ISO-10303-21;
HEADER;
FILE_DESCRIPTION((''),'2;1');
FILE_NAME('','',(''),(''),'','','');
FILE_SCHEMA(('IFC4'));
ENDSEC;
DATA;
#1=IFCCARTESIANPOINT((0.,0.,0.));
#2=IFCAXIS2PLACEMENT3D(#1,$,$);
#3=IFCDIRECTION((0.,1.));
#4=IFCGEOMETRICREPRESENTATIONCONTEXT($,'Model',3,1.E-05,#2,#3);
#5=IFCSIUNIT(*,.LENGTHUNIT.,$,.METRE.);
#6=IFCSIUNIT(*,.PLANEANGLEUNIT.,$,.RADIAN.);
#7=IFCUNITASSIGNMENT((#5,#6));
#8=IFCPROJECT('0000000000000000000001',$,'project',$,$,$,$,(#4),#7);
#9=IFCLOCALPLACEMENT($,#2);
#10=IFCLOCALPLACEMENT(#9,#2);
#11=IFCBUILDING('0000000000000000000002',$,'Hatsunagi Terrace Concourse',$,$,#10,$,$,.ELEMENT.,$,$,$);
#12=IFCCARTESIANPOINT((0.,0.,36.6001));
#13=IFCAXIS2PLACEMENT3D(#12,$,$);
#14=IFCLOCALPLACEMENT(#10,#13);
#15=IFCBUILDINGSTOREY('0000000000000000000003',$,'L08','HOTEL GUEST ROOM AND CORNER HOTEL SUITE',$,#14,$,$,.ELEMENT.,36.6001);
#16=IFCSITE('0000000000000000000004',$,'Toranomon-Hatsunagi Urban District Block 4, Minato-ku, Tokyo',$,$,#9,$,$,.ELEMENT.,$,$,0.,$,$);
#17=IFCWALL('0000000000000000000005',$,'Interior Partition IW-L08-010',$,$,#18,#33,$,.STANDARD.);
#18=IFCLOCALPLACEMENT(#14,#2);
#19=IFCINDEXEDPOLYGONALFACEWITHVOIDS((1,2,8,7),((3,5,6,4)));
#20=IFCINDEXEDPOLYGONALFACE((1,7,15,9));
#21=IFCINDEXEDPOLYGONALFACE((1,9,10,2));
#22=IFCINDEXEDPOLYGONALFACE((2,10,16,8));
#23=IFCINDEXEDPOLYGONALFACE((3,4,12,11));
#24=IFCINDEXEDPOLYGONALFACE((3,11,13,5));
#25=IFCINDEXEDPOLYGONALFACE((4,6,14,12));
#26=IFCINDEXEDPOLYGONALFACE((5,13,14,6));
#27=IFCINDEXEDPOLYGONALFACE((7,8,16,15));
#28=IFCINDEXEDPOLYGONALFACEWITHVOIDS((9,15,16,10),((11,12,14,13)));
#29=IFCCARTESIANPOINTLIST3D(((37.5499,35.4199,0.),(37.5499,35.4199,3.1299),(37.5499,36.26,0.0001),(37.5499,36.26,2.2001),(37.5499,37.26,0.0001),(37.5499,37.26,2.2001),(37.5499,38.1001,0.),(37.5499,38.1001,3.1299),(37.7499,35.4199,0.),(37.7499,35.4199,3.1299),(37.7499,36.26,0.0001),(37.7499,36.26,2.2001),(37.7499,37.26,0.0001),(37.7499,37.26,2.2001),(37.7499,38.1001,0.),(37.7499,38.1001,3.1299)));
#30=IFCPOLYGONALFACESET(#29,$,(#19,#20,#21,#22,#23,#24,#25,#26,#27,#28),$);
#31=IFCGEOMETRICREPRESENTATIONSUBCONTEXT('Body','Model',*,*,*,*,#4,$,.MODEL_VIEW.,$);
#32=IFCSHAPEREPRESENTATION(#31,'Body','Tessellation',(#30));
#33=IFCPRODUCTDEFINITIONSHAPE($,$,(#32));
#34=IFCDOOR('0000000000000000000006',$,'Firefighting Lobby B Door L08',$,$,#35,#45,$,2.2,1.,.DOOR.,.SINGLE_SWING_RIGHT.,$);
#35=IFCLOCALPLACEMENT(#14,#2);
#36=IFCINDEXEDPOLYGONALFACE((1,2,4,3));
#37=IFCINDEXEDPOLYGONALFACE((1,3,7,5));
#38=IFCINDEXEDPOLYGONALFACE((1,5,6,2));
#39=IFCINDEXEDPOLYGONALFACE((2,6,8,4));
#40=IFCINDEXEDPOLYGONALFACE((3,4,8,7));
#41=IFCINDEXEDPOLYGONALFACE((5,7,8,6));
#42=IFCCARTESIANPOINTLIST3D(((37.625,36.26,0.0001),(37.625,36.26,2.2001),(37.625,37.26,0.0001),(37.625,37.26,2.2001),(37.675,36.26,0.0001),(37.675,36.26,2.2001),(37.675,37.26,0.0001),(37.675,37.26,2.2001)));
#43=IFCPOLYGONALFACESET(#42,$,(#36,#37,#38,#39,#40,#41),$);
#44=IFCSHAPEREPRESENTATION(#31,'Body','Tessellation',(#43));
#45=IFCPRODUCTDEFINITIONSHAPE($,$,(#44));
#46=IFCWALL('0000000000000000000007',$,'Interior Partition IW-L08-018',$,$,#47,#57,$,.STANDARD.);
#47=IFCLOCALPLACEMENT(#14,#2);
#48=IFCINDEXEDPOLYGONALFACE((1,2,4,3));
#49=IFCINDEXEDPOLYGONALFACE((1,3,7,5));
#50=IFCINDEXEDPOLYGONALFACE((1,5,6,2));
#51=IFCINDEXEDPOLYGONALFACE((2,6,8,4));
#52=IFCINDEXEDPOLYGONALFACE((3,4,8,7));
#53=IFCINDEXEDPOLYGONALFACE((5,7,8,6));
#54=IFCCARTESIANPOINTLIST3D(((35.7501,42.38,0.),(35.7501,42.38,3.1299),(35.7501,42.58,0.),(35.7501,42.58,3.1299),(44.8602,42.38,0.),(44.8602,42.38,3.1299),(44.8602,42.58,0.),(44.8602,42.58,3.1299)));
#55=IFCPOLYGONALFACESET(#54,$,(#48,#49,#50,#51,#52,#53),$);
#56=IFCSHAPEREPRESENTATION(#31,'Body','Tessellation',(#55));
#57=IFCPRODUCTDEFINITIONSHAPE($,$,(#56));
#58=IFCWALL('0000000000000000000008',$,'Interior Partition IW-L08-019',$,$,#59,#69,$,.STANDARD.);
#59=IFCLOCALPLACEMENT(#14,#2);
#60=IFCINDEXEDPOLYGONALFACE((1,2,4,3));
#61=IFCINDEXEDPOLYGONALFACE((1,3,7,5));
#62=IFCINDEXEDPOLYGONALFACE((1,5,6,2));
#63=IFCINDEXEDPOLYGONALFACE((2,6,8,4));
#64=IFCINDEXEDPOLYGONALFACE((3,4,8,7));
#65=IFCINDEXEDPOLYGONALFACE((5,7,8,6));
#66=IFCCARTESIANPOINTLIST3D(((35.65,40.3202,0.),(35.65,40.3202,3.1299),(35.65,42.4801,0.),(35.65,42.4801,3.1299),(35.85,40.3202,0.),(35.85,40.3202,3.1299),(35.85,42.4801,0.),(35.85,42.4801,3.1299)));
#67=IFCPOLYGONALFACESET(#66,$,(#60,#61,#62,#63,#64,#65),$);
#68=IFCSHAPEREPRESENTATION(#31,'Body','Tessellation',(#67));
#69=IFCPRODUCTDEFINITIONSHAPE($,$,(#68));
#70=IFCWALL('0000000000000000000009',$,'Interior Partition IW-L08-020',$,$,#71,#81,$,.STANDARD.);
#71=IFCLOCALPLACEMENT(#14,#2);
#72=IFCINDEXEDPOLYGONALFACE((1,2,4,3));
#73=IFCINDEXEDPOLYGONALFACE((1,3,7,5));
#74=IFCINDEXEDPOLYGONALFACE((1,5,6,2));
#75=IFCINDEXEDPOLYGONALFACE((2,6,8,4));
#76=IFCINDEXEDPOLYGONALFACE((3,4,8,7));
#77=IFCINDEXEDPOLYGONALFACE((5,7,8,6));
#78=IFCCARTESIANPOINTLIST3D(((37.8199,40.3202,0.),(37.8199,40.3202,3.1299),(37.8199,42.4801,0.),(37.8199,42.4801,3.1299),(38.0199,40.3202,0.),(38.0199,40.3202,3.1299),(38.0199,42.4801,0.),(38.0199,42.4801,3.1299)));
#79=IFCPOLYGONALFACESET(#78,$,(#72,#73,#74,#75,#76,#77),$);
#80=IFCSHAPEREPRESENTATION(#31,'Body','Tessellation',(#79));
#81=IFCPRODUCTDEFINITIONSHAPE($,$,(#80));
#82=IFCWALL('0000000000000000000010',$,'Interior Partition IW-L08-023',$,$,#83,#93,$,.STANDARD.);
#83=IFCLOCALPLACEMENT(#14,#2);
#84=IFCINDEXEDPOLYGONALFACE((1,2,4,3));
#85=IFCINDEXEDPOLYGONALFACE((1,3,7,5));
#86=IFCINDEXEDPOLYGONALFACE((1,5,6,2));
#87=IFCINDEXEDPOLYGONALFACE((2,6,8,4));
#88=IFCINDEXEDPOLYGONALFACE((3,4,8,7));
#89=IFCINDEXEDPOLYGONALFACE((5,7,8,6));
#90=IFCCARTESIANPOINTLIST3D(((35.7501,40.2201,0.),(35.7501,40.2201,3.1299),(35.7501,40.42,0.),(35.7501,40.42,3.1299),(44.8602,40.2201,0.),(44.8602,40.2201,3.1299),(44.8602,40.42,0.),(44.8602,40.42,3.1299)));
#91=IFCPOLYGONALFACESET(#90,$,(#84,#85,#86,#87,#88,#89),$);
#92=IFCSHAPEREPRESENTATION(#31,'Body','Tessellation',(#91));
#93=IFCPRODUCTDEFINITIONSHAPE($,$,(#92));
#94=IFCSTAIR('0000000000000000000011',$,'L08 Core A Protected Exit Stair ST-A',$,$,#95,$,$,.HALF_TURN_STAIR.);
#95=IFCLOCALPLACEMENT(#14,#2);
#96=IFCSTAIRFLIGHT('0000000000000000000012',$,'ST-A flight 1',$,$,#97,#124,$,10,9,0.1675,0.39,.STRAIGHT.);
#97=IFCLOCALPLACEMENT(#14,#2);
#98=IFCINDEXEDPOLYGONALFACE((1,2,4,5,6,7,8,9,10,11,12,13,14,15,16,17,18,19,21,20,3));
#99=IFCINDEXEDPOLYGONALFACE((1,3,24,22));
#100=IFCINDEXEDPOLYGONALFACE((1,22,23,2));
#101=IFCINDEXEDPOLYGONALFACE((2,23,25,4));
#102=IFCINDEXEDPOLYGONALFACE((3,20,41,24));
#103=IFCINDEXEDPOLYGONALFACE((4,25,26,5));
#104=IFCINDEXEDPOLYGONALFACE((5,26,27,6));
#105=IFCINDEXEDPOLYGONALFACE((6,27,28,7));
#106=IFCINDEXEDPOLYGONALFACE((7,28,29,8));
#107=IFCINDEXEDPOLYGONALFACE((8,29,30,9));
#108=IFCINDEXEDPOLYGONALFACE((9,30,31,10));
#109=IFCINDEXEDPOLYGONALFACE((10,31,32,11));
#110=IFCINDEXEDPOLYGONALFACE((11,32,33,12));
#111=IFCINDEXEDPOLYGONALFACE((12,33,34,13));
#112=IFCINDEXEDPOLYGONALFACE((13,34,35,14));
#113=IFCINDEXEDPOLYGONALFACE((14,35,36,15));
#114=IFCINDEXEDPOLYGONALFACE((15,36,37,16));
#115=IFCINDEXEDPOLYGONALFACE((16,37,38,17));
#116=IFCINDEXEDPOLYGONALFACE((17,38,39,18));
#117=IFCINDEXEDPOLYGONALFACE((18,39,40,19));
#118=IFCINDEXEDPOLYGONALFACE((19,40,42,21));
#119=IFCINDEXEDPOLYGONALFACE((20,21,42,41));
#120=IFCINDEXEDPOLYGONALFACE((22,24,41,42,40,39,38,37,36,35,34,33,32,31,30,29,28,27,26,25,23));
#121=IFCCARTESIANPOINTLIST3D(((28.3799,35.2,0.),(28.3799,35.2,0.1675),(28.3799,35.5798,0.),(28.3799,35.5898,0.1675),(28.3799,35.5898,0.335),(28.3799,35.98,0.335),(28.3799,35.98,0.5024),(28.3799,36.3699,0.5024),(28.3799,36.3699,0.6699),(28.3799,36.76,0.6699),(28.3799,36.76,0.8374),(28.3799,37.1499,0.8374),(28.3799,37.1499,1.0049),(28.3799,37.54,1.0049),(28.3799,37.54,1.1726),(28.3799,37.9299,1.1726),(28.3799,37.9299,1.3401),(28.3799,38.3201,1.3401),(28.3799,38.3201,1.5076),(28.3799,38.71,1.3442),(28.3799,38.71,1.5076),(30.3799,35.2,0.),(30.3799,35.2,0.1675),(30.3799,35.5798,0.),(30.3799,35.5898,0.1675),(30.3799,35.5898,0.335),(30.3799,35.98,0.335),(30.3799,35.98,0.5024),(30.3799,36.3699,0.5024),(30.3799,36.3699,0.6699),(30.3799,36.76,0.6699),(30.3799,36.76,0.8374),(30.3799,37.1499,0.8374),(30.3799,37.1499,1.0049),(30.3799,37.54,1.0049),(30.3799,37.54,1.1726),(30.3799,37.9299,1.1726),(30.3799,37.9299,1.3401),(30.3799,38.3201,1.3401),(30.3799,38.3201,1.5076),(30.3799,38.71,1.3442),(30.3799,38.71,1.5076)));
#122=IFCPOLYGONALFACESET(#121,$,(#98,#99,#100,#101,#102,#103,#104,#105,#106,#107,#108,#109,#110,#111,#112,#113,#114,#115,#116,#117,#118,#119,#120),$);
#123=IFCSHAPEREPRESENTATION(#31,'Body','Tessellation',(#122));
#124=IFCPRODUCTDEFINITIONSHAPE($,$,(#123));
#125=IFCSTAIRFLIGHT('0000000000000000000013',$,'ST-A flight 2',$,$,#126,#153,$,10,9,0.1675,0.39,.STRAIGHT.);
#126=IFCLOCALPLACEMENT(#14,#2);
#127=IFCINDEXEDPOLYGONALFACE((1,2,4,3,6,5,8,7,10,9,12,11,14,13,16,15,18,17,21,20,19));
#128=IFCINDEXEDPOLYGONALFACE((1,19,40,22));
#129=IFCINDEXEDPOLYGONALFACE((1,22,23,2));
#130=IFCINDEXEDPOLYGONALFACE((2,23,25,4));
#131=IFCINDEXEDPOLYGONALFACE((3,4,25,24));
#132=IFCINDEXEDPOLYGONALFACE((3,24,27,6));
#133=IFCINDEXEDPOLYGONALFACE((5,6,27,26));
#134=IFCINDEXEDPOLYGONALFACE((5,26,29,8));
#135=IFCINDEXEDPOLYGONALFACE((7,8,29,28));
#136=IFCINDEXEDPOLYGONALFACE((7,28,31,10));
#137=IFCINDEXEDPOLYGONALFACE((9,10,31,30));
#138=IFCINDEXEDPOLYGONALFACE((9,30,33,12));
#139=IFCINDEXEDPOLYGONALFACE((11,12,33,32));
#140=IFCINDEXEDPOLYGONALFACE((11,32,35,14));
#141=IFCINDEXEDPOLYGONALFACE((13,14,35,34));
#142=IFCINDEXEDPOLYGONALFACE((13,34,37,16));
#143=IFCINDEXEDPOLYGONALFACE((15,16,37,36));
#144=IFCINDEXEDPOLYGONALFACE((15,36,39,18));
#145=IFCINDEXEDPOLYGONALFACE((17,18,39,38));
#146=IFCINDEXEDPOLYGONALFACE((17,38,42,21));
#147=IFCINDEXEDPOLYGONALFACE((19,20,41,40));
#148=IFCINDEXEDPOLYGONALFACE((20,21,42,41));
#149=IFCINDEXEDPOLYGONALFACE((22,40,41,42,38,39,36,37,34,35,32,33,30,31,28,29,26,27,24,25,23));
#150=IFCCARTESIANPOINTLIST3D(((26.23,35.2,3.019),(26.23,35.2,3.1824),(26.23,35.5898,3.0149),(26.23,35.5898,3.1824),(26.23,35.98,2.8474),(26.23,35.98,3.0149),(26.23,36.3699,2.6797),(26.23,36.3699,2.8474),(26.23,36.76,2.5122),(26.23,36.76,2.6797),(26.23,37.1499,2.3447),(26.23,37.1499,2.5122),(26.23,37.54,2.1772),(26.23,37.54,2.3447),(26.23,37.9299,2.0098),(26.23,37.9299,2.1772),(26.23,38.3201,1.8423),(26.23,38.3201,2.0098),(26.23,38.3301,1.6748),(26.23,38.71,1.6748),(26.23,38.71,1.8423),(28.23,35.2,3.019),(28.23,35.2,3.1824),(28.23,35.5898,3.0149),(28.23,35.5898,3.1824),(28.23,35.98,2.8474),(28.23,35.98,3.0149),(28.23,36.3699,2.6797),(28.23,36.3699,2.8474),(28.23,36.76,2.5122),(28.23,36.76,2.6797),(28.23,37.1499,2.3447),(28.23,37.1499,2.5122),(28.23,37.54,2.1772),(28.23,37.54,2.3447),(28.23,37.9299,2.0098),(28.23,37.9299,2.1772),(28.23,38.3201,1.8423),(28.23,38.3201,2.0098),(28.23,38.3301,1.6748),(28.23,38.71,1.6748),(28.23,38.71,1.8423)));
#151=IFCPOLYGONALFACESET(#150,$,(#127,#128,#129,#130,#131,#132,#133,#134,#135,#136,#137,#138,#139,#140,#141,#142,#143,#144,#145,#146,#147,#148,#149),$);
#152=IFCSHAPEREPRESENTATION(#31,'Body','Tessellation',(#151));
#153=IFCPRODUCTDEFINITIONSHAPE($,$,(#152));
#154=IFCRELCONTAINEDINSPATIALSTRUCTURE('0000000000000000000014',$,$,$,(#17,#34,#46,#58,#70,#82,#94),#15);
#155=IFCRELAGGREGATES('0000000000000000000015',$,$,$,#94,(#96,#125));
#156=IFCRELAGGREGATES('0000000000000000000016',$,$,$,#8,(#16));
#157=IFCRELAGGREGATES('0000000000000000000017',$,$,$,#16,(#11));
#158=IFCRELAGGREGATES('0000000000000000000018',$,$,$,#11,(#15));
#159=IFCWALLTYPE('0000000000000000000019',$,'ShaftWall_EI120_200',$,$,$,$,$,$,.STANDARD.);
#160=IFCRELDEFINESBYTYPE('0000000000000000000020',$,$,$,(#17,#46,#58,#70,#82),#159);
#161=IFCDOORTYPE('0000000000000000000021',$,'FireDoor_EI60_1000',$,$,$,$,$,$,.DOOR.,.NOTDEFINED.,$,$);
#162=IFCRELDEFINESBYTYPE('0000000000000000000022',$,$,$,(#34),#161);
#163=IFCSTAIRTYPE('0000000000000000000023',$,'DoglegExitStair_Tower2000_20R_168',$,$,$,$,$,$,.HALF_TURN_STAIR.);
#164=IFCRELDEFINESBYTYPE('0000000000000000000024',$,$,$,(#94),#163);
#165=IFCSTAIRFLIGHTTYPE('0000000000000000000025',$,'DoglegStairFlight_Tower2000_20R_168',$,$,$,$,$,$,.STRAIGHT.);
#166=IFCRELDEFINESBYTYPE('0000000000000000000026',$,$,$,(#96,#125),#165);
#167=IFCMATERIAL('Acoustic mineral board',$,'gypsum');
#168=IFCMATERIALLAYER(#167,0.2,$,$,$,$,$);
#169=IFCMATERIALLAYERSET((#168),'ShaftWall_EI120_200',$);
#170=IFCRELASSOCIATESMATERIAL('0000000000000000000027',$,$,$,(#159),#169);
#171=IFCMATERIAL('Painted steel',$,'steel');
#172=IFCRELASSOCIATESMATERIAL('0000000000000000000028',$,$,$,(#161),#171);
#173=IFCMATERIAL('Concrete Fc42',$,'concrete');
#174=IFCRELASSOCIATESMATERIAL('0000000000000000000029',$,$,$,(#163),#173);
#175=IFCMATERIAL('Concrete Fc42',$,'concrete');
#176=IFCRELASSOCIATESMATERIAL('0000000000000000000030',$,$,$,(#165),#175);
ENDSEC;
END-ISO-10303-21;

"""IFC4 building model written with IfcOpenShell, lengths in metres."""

from ifc_helpers import new_model, si_unit, direction, frame, frame_2d, origin, place, context, subcontext, project, spatial, polyline, rectangle, outline, extrude, material, layer, layer_set, type_object, element, fill, aggregate, save


model = new_model("IFC4")

# Units and contexts
model_context = context("Model", 3, precision=1e-05, world=origin(), true_north=direction((0.0, 1.0)))
body_context = subcontext(model_context, "Body", "Model", "MODEL_VIEW")
ifc_project = project(units=[si_unit("LENGTHUNIT", "METRE"), si_unit("PLANEANGLEUNIT", "RADIAN")], contexts=[model_context])

# Site, building, storey
site_placement = place(None, origin())
site = spatial("IfcSite", under=ifc_project, at=site_placement, Name="Toranomon-Hatsunagi Urban District Block 4, Minato-ku, Tokyo", CompositionType="ELEMENT", RefElevation=0.0)
building_placement = place(site_placement, origin())
building = spatial("IfcBuilding", under=site, at=building_placement, Name="Hatsunagi Terrace Concourse", CompositionType="ELEMENT")
storey_placement = place(building_placement, frame((0.0, 0.0, 36.6001)))
storey = spatial("IfcBuildingStorey", under=building, at=storey_placement, Name="L08", Description="HOTEL GUEST ROOM AND CORNER HOTEL SUITE", CompositionType="ELEMENT", Elevation=36.6001)

# Shared definitions
ifc_material_1 = material(Name="Acoustic mineral board", Category="gypsum")
ifc_layer_1 = layer(ifc_material_1, 0.2)
ifc_layer_set_1 = layer_set([ifc_layer_1], Name="ShaftWall_EI120_200")
wall_type_1 = type_object("IfcWallType", Name="ShaftWall_EI120_200", PredefinedType="STANDARD", material=ifc_layer_set_1)

# Wall, opening, door
wall_1_placement = place(storey_placement, frame((37.6499, 35.4199, 0.0), z_axis=(0.0, 0.0, 1.0), x_axis=(0.0, 1.0, 0.0)))
wall_1 = element("IfcWall", 1, at=wall_1_placement, inside=storey, type_object=wall_type_1, Name="Interior Partition IW-L08-010", PredefinedType="STANDARD", context=body_context, shape_type="SweptSolid", body=[
    extrude(rectangle(XDim=2.6802, YDim=0.2, at=frame_2d((1.3401, 0.0))), origin(), (0.0, 0.0, 1.0), 3.1299),
])
opening_1_placement = place(wall_1_placement, frame((0.8401, 0.0, 0.0)))
opening_1 = element("IfcOpeningElement", 2, at=opening_1_placement, cuts=wall_1, PredefinedType="OPENING", context=body_context, shape_type="SweptSolid", body=[
    extrude(rectangle(XDim=1.0, YDim=2.2, at=frame_2d((0.5, 1.1001))), frame((0.0, 0.1099, 0.0), z_axis=(0.0, -1.0, 0.0), x_axis=(1.0, 0.0, 0.0)), (0.0, 0.0, 1.0), 0.22),
])
ifc_material_2 = material(Name="Painted steel", Category="steel")
door_type_1 = type_object("IfcDoorType", Name="FireDoor_EI60_1000", OperationType="NOTDEFINED", PredefinedType="DOOR", material=ifc_material_2)
door_1_placement = place(opening_1_placement, origin())
door_1 = element("IfcDoor", 3, at=door_1_placement, inside=storey, type_object=door_type_1, Name="Firefighting Lobby B Door L08", OperationType="SINGLE_SWING_RIGHT", OverallHeight=2.2, OverallWidth=1.0, PredefinedType="DOOR", context=body_context, shape_type="SweptSolid", body=[
    extrude(rectangle(XDim=1.0, YDim=2.2, at=frame_2d((0.5, 1.1001))), frame((0.0, 0.0249, 0.0), z_axis=(0.0, -1.0, 0.0), x_axis=(1.0, 0.0, 0.0)), (0.0, 0.0, 1.0), 0.05),
])
fill(opening_1, door_1)

# Walls
wall_2_placement = place(storey_placement, frame((35.75, 42.48, 0.0), z_axis=(0.0, 0.0, 1.0), x_axis=(1.0, 0.0, 0.0)))
element("IfcWall", 4, at=wall_2_placement, inside=storey, type_object=wall_type_1, Name="Interior Partition IW-L08-018", PredefinedType="STANDARD", context=body_context, shape_type="SweptSolid", body=[
    extrude(rectangle(XDim=9.1101, YDim=0.2, at=frame_2d((4.5552, 0.0))), origin(), (0.0, 0.0, 1.0), 3.1299),
])
for number, where, z_axis, x_axis, name in (
    (5, (35.75, 40.3201, 0.0), (0.0, 0.0, 1.0), (0.0, 1.0, 0.0), "Interior Partition IW-L08-019"),
    (6, (37.9199, 40.3201, 0.0), (0.0, 0.0, 1.0), (0.0, 1.0, 0.0), "Interior Partition IW-L08-020"),
):
    element("IfcWall", number, at=place(storey_placement, frame(where, z_axis=z_axis, x_axis=x_axis)), inside=storey, type_object=wall_type_1, Name=name, PredefinedType="STANDARD", context=body_context, shape_type="SweptSolid", body=[
        extrude(rectangle(XDim=2.1599, YDim=0.2, at=frame_2d((1.0801, 0.0))), origin(), (0.0, 0.0, 1.0), 3.1299),
    ])
wall_3_placement = place(storey_placement, frame((35.75, 40.3201, 0.0), z_axis=(0.0, 0.0, 1.0), x_axis=(1.0, 0.0, 0.0)))
element("IfcWall", 7, at=wall_3_placement, inside=storey, type_object=wall_type_1, Name="Interior Partition IW-L08-023", PredefinedType="STANDARD", context=body_context, shape_type="SweptSolid", body=[
    extrude(rectangle(XDim=9.1101, YDim=0.2, at=frame_2d((4.5552, 0.0))), origin(), (0.0, 0.0, 1.0), 3.1299),
])

# Stair, stair flights
ifc_material_3 = material(Name="Concrete Fc42", Category="concrete")
stair_type = type_object("IfcStairType", Name="DoglegExitStair_Tower2000_20R_168", PredefinedType="HALF_TURN_STAIR", material=ifc_material_3)
stair_placement = place(storey_placement, origin())
stair = element("IfcStair", 8, at=stair_placement, inside=storey, type_object=stair_type, Name="L08 Core A Protected Exit Stair ST-A", PredefinedType="HALF_TURN_STAIR")
ifc_material_4 = material(Name="Concrete Fc42", Category="concrete")
stair_flight_type = type_object("IfcStairFlightType", Name="DoglegStairFlight_Tower2000_20R_168", PredefinedType="STRAIGHT", material=ifc_material_4)
stair_flight_1_placement = place(storey_placement, frame((29.3799, 35.2, 0.0), z_axis=(0.0, 0.0, 1.0), x_axis=(0.0, 1.0, 0.0)))
stair_flight_1 = element("IfcStairFlight", 9, at=stair_flight_1_placement, type_object=stair_flight_type, Name="ST-A flight 1", NumberOfRisers=10, NumberOfTreads=9, PredefinedType="STRAIGHT", RiserHeight=0.1675, TreadLength=0.39, context=body_context, shape_type="SweptSolid", body=[
    extrude(outline(polyline([(0.0, 0.0), (0.0, 0.1675), (0.3899, 0.1675), (0.3899, 0.335), (0.78, 0.335), (0.78, 0.5024), (1.1699, 0.5024), (1.1699, 0.6699), (1.5601, 0.6699), (1.5601, 0.8374), (1.95, 0.8374), (1.95, 1.0049), (2.3401, 1.0049), (2.3401, 1.1726), (2.73, 1.1726), (2.73, 1.3401), (3.1201, 1.3401), (3.1201, 1.5076), (3.51, 1.5076), (3.51, 1.675), (3.51, 1.3442), (0.3799, 0.0), (0.0, 0.0)])), frame((0.0, 1.0, 0.0), z_axis=(0.0, -1.0, 0.0), x_axis=(1.0, 0.0, 0.0)), (0.0, 0.0, 1.0), 2.0),
])
stair_flight_2_placement = place(storey_placement, frame((27.23, 38.71, 1.6748), z_axis=(0.0, 0.0, 1.0), x_axis=(0.0, -1.0, 0.0)))
stair_flight_2 = element("IfcStairFlight", 10, at=stair_flight_2_placement, type_object=stair_flight_type, Name="ST-A flight 2", NumberOfRisers=10, NumberOfTreads=9, PredefinedType="STRAIGHT", RiserHeight=0.1675, TreadLength=0.39, context=body_context, shape_type="SweptSolid", body=[
    extrude(outline(polyline([(0.0, 0.0), (0.0, 0.1675), (0.3899, 0.1675), (0.3899, 0.335), (0.78, 0.335), (0.78, 0.5024), (1.1699, 0.5024), (1.1699, 0.6699), (1.5601, 0.6699), (1.5601, 0.8374), (1.95, 0.8374), (1.95, 1.0049), (2.3401, 1.0049), (2.3401, 1.1726), (2.73, 1.1726), (2.73, 1.3401), (3.1201, 1.3401), (3.1201, 1.5076), (3.51, 1.5076), (3.51, 1.675), (3.51, 1.3442), (0.3799, 0.0), (0.0, 0.0)])), frame((0.0, 1.0, 0.0), z_axis=(0.0, -1.0, 0.0), x_axis=(1.0, 0.0, 0.0)), (0.0, 0.0, 1.0), 2.0),
])
aggregate(stair, [stair_flight_1, stair_flight_2])

save(model, "model.ifc")
